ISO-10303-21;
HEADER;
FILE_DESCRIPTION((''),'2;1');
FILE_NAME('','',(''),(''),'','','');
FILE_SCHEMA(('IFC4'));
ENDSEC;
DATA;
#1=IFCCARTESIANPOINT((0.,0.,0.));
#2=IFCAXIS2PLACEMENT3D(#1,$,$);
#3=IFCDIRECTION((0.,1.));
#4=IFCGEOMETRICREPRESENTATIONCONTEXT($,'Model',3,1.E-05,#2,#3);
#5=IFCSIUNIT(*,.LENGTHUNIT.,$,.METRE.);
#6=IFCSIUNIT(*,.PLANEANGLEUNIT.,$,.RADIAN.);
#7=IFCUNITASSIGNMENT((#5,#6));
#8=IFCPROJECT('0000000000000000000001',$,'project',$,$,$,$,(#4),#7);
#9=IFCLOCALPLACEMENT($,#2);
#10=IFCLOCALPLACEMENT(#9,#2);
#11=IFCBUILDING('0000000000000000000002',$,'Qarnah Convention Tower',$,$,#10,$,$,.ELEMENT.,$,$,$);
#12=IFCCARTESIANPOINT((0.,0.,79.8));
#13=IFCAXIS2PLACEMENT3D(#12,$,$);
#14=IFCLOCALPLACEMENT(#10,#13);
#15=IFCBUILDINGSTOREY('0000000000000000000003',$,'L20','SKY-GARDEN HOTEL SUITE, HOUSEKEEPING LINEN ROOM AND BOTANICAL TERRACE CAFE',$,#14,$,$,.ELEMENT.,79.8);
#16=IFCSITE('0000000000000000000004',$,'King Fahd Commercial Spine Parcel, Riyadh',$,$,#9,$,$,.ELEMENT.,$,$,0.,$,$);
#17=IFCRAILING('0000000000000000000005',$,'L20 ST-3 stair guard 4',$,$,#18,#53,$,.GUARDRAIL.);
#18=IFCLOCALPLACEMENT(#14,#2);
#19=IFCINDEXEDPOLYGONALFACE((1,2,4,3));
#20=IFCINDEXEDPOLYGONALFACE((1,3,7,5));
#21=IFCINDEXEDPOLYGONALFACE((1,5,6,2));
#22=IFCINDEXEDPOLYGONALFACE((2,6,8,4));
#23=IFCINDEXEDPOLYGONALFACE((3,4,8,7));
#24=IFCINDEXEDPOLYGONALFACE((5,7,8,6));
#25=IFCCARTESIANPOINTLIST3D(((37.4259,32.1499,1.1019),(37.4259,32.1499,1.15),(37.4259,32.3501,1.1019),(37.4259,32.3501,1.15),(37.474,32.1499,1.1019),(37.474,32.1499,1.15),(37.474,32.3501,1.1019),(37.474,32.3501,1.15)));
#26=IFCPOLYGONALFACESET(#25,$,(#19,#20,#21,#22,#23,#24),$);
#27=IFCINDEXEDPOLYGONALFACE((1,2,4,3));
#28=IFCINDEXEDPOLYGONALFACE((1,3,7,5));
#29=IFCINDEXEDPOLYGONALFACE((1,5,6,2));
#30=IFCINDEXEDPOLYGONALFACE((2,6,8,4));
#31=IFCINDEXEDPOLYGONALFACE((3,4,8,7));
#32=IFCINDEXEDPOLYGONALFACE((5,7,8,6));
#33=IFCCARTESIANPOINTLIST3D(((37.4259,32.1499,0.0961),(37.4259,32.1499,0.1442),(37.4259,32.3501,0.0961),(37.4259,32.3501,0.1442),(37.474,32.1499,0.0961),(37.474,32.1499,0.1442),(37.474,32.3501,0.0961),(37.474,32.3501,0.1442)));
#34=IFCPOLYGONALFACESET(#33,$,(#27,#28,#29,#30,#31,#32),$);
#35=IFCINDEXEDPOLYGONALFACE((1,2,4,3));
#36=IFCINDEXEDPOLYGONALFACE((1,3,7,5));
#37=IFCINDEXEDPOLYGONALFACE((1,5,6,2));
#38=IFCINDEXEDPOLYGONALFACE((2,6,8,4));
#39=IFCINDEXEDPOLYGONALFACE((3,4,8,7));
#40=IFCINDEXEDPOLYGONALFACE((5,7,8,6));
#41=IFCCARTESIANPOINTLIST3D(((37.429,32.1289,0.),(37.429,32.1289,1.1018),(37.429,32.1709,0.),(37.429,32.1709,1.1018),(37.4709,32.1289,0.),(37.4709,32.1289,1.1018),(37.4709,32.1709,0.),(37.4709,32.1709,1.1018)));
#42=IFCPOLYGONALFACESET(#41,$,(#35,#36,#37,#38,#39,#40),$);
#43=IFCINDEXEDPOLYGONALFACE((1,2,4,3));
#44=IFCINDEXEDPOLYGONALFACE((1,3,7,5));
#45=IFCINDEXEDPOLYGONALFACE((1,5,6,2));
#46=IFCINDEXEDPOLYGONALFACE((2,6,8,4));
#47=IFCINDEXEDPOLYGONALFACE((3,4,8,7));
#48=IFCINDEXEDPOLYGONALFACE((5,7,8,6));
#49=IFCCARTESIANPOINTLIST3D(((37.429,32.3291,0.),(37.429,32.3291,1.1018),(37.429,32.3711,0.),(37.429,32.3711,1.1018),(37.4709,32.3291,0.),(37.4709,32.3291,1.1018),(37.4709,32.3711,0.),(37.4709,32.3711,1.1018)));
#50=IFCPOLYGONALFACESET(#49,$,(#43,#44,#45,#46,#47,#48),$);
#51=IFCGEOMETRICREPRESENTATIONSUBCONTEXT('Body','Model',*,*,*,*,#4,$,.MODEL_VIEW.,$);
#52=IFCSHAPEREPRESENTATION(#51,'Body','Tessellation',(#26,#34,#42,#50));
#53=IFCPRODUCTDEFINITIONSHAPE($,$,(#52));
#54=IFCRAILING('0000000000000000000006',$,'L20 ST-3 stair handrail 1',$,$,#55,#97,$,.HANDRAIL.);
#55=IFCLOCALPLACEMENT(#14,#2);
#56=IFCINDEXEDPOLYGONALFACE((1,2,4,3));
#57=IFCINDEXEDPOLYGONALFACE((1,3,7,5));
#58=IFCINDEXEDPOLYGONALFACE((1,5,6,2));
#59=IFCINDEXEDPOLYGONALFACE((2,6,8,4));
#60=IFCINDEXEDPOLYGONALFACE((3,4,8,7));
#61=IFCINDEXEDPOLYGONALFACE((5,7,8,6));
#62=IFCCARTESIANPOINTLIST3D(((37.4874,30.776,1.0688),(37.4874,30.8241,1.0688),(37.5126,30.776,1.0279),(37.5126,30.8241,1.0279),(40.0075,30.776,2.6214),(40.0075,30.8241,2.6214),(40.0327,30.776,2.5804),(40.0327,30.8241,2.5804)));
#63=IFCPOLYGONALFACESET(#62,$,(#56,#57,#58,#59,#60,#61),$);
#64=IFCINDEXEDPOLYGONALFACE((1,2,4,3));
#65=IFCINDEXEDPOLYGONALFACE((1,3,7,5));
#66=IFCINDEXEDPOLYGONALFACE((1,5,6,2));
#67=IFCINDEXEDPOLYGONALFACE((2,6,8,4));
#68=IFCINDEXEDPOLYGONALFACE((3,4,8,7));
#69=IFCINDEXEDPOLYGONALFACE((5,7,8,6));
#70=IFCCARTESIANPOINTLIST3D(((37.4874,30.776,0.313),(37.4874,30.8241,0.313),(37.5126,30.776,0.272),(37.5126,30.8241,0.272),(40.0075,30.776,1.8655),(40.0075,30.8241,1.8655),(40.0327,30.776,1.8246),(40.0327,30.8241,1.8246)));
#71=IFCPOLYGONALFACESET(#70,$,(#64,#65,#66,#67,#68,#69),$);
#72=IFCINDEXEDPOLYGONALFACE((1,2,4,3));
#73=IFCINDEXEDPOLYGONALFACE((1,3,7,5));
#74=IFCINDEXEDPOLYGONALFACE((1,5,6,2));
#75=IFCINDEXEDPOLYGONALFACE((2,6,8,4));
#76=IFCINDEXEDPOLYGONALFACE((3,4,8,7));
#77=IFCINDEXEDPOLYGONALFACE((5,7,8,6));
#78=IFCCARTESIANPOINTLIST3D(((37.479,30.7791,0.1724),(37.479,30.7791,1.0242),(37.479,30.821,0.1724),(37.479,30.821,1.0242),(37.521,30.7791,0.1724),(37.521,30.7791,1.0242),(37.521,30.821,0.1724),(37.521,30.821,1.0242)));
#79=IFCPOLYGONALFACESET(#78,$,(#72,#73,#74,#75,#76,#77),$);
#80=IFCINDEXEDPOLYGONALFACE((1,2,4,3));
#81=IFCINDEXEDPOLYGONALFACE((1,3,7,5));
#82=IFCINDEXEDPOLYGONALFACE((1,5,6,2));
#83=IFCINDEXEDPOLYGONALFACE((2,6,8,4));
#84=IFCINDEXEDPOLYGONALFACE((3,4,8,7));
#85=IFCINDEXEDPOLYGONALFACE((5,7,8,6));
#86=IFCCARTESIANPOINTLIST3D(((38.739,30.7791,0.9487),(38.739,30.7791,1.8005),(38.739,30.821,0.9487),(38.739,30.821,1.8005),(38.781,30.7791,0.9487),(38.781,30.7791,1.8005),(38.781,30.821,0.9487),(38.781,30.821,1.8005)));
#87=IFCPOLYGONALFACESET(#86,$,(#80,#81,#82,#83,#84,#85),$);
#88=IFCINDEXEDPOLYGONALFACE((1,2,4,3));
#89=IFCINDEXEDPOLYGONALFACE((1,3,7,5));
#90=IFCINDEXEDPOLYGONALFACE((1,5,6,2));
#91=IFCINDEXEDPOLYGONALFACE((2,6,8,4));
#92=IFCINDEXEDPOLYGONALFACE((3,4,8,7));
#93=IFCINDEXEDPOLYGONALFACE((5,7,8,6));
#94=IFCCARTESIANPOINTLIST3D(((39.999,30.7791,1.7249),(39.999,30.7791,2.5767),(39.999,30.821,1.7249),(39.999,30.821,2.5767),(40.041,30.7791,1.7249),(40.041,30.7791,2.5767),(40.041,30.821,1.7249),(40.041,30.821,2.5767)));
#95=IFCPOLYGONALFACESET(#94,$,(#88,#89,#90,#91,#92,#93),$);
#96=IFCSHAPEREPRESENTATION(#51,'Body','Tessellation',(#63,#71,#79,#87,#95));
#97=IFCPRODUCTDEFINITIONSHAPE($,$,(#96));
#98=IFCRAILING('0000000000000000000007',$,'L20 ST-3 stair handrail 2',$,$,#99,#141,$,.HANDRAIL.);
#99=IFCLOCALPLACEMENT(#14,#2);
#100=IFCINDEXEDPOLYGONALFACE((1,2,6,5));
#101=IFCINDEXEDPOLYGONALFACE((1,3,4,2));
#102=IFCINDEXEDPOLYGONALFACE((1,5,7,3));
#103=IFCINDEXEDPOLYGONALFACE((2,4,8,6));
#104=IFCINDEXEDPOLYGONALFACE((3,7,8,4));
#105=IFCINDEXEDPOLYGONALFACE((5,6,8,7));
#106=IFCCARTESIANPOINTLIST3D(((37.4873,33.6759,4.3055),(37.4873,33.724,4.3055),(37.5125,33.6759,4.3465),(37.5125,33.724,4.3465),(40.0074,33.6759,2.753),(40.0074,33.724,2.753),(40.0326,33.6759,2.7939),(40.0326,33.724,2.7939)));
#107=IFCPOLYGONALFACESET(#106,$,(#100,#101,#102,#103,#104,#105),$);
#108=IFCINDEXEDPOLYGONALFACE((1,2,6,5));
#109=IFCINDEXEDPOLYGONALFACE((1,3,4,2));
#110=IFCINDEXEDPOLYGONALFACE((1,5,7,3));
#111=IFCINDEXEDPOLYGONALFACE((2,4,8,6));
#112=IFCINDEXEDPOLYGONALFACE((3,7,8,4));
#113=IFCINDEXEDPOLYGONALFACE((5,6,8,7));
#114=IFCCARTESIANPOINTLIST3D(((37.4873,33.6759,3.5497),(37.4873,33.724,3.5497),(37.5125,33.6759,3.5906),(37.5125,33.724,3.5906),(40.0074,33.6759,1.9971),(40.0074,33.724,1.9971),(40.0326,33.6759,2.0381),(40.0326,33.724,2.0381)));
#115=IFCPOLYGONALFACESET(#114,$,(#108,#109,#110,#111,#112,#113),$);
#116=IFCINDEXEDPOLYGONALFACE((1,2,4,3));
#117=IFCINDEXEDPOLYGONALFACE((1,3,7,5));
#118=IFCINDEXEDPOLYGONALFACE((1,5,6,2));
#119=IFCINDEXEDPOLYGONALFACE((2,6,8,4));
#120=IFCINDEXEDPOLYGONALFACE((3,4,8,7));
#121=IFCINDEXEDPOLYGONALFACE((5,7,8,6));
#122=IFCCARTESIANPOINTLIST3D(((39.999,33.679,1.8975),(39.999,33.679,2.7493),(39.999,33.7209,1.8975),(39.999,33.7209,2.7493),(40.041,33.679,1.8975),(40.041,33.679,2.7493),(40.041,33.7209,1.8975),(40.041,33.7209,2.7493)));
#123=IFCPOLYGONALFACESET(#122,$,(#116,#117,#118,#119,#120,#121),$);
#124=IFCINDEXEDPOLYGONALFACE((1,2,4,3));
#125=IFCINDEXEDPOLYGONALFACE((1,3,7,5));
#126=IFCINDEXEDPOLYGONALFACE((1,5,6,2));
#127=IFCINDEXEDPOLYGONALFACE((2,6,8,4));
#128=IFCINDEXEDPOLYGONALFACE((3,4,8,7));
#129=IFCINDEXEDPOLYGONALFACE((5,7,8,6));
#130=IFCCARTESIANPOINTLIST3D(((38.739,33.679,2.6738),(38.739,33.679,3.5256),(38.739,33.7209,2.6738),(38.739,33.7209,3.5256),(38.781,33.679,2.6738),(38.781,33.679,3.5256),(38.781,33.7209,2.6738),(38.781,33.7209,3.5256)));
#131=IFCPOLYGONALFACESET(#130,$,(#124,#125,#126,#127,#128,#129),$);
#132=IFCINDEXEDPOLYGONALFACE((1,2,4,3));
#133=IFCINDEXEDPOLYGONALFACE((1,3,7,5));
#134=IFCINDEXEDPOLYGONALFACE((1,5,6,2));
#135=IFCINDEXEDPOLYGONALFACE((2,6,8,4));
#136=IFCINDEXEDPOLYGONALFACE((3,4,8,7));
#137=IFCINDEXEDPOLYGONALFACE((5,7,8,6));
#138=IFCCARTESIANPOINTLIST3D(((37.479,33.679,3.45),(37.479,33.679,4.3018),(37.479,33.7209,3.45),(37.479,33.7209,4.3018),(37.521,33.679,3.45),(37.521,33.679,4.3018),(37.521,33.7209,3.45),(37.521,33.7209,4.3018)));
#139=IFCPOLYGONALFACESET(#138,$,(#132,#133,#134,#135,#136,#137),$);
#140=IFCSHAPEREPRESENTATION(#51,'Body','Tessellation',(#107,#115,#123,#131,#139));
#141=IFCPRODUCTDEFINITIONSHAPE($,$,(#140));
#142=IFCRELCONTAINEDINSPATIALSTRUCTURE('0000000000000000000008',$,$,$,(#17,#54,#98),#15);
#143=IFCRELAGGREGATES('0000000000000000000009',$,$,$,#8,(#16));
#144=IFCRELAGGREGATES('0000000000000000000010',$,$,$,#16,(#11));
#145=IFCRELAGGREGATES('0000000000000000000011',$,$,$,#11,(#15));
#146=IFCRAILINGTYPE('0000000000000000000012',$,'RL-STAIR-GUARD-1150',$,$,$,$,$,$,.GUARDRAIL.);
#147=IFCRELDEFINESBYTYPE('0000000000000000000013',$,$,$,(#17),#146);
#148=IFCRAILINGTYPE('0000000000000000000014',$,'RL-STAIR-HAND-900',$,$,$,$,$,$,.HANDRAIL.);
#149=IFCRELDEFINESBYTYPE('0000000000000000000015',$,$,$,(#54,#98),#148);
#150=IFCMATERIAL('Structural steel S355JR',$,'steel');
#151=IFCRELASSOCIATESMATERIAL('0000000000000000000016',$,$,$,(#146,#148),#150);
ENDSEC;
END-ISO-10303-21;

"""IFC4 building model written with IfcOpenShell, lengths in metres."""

from ifc_helpers import new_model, si_unit, direction, frame, origin, origin_2d, place, context, subcontext, project, spatial, rectangle, extrude, material, type_object, element, save


model = new_model("IFC4")

# Units and contexts
model_context = context("Model", 3, precision=1e-05, world=origin(), true_north=direction((0.0, 1.0)))
body_context = subcontext(model_context, "Body", "Model", "MODEL_VIEW")
ifc_project = project(units=[si_unit("LENGTHUNIT", "METRE"), si_unit("PLANEANGLEUNIT", "RADIAN")], contexts=[model_context])

# Site, building, storey
site_placement = place(None, origin())
site = spatial("IfcSite", under=ifc_project, at=site_placement, Name="King Fahd Commercial Spine Parcel, Riyadh", CompositionType="ELEMENT", RefElevation=0.0)
building_placement = place(site_placement, origin())
building = spatial("IfcBuilding", under=site, at=building_placement, Name="Qarnah Convention Tower", CompositionType="ELEMENT")
storey_placement = place(building_placement, frame((0.0, 0.0, 79.8)))
storey = spatial("IfcBuildingStorey", under=building, at=storey_placement, Name="L20", Description="SKY-GARDEN HOTEL SUITE, HOUSEKEEPING LINEN ROOM AND BOTANICAL TERRACE CAFE", CompositionType="ELEMENT", Elevation=79.8)

# Shared definitions
ifc_material_1 = material(Name="Structural steel S355JR", Category="steel")

# Railings
railing_type_1 = type_object("IfcRailingType", Name="RL-STAIR-GUARD-1150", PredefinedType="GUARDRAIL", material=ifc_material_1)
railing_1_placement = place(storey_placement, frame((37.45, 32.1499, 0.0)))
element("IfcRailing", 1, at=railing_1_placement, inside=storey, type_object=railing_type_1, Name="L20 ST-3 stair guard 4", PredefinedType="GUARDRAIL", context=body_context, shape_type="SweptSolid", body=[
    extrude(rectangle(XDim=0.0481, YDim=0.0481, at=origin_2d()), frame((0.0, 0.0, 1.126), z_axis=(0.0, 1.0, 0.0), x_axis=(-1.0, 0.0, 0.0)), (0.0, 0.0, 1.0), 0.2002),
    extrude(rectangle(XDim=0.0481, YDim=0.0481, at=origin_2d()), frame((0.0, 0.0, 0.1201), z_axis=(0.0, 1.0, 0.0), x_axis=(-1.0, 0.0, 0.0)), (0.0, 0.0, 1.0), 0.2002),
    extrude(rectangle(XDim=0.042, YDim=0.042, at=origin_2d()), origin(), (0.0, 0.0, 1.0), 1.1018),
    extrude(rectangle(XDim=0.042, YDim=0.042, at=origin_2d()), frame((0.0, 0.2002, 0.0)), (0.0, 0.0, 1.0), 1.1018),
])
railing_type_2 = type_object("IfcRailingType", Name="RL-STAIR-HAND-900", PredefinedType="HANDRAIL", material=ifc_material_1)
railing_2_placement = place(storey_placement, frame((37.5, 30.8, 0.1724)))
element("IfcRailing", 2, at=railing_2_placement, inside=storey, type_object=railing_type_2, Name="L20 ST-3 stair handrail 1", PredefinedType="HANDRAIL", context=body_context, shape_type="SweptSolid", body=[
    extrude(rectangle(XDim=0.0481, YDim=0.0481, at=origin_2d()), frame((0.0, 0.0, 0.876), z_axis=(0.8514, 0.0, 0.524516), x_axis=(0.0, 1.0, 0.0)), (0.0, 0.0, 1.0), 2.96),
    extrude(rectangle(XDim=0.0481, YDim=0.0481, at=origin_2d()), frame((0.0, 0.0, 0.1201), z_axis=(0.8514, 0.0, 0.524516), x_axis=(0.0, 1.0, 0.0)), (0.0, 0.0, 1.0), 2.96),
    extrude(rectangle(XDim=0.042, YDim=0.042, at=origin_2d()), origin(), (0.0, 0.0, 1.0), 0.8518),
    extrude(rectangle(XDim=0.042, YDim=0.042, at=origin_2d()), frame((1.26, 0.0, 0.7764)), (0.0, 0.0, 1.0), 0.8518),
    extrude(rectangle(XDim=0.042, YDim=0.042, at=origin_2d()), frame((2.52, 0.0, 1.5525)), (0.0, 0.0, 1.0), 0.8518),
])
railing_3_placement = place(storey_placement, frame((40.02, 33.7, 1.8975)))
element("IfcRailing", 3, at=railing_3_placement, inside=storey, type_object=railing_type_2, Name="L20 ST-3 stair handrail 2", PredefinedType="HANDRAIL", context=body_context, shape_type="SweptSolid", body=[
    extrude(rectangle(XDim=0.0481, YDim=0.0481, at=origin_2d()), frame((0.0, 0.0, 0.876), z_axis=(-0.8514, 0.0, 0.524516), x_axis=(0.0, -1.0, 0.0)), (0.0, 0.0, 1.0), 2.96),
    extrude(rectangle(XDim=0.0481, YDim=0.0481, at=origin_2d()), frame((0.0, 0.0, 0.1201), z_axis=(-0.8514, 0.0, 0.524516), x_axis=(0.0, -1.0, 0.0)), (0.0, 0.0, 1.0), 2.96),
    extrude(rectangle(XDim=0.042, YDim=0.042, at=origin_2d()), origin(), (0.0, 0.0, 1.0), 0.8518),
    extrude(rectangle(XDim=0.042, YDim=0.042, at=origin_2d()), frame((-1.26, 0.0, 0.7764)), (0.0, 0.0, 1.0), 0.8518),
    extrude(rectangle(XDim=0.042, YDim=0.042, at=origin_2d()), frame((-2.52, 0.0, 1.5525)), (0.0, 0.0, 1.0), 0.8518),
])

save(model, "model.ifc")
